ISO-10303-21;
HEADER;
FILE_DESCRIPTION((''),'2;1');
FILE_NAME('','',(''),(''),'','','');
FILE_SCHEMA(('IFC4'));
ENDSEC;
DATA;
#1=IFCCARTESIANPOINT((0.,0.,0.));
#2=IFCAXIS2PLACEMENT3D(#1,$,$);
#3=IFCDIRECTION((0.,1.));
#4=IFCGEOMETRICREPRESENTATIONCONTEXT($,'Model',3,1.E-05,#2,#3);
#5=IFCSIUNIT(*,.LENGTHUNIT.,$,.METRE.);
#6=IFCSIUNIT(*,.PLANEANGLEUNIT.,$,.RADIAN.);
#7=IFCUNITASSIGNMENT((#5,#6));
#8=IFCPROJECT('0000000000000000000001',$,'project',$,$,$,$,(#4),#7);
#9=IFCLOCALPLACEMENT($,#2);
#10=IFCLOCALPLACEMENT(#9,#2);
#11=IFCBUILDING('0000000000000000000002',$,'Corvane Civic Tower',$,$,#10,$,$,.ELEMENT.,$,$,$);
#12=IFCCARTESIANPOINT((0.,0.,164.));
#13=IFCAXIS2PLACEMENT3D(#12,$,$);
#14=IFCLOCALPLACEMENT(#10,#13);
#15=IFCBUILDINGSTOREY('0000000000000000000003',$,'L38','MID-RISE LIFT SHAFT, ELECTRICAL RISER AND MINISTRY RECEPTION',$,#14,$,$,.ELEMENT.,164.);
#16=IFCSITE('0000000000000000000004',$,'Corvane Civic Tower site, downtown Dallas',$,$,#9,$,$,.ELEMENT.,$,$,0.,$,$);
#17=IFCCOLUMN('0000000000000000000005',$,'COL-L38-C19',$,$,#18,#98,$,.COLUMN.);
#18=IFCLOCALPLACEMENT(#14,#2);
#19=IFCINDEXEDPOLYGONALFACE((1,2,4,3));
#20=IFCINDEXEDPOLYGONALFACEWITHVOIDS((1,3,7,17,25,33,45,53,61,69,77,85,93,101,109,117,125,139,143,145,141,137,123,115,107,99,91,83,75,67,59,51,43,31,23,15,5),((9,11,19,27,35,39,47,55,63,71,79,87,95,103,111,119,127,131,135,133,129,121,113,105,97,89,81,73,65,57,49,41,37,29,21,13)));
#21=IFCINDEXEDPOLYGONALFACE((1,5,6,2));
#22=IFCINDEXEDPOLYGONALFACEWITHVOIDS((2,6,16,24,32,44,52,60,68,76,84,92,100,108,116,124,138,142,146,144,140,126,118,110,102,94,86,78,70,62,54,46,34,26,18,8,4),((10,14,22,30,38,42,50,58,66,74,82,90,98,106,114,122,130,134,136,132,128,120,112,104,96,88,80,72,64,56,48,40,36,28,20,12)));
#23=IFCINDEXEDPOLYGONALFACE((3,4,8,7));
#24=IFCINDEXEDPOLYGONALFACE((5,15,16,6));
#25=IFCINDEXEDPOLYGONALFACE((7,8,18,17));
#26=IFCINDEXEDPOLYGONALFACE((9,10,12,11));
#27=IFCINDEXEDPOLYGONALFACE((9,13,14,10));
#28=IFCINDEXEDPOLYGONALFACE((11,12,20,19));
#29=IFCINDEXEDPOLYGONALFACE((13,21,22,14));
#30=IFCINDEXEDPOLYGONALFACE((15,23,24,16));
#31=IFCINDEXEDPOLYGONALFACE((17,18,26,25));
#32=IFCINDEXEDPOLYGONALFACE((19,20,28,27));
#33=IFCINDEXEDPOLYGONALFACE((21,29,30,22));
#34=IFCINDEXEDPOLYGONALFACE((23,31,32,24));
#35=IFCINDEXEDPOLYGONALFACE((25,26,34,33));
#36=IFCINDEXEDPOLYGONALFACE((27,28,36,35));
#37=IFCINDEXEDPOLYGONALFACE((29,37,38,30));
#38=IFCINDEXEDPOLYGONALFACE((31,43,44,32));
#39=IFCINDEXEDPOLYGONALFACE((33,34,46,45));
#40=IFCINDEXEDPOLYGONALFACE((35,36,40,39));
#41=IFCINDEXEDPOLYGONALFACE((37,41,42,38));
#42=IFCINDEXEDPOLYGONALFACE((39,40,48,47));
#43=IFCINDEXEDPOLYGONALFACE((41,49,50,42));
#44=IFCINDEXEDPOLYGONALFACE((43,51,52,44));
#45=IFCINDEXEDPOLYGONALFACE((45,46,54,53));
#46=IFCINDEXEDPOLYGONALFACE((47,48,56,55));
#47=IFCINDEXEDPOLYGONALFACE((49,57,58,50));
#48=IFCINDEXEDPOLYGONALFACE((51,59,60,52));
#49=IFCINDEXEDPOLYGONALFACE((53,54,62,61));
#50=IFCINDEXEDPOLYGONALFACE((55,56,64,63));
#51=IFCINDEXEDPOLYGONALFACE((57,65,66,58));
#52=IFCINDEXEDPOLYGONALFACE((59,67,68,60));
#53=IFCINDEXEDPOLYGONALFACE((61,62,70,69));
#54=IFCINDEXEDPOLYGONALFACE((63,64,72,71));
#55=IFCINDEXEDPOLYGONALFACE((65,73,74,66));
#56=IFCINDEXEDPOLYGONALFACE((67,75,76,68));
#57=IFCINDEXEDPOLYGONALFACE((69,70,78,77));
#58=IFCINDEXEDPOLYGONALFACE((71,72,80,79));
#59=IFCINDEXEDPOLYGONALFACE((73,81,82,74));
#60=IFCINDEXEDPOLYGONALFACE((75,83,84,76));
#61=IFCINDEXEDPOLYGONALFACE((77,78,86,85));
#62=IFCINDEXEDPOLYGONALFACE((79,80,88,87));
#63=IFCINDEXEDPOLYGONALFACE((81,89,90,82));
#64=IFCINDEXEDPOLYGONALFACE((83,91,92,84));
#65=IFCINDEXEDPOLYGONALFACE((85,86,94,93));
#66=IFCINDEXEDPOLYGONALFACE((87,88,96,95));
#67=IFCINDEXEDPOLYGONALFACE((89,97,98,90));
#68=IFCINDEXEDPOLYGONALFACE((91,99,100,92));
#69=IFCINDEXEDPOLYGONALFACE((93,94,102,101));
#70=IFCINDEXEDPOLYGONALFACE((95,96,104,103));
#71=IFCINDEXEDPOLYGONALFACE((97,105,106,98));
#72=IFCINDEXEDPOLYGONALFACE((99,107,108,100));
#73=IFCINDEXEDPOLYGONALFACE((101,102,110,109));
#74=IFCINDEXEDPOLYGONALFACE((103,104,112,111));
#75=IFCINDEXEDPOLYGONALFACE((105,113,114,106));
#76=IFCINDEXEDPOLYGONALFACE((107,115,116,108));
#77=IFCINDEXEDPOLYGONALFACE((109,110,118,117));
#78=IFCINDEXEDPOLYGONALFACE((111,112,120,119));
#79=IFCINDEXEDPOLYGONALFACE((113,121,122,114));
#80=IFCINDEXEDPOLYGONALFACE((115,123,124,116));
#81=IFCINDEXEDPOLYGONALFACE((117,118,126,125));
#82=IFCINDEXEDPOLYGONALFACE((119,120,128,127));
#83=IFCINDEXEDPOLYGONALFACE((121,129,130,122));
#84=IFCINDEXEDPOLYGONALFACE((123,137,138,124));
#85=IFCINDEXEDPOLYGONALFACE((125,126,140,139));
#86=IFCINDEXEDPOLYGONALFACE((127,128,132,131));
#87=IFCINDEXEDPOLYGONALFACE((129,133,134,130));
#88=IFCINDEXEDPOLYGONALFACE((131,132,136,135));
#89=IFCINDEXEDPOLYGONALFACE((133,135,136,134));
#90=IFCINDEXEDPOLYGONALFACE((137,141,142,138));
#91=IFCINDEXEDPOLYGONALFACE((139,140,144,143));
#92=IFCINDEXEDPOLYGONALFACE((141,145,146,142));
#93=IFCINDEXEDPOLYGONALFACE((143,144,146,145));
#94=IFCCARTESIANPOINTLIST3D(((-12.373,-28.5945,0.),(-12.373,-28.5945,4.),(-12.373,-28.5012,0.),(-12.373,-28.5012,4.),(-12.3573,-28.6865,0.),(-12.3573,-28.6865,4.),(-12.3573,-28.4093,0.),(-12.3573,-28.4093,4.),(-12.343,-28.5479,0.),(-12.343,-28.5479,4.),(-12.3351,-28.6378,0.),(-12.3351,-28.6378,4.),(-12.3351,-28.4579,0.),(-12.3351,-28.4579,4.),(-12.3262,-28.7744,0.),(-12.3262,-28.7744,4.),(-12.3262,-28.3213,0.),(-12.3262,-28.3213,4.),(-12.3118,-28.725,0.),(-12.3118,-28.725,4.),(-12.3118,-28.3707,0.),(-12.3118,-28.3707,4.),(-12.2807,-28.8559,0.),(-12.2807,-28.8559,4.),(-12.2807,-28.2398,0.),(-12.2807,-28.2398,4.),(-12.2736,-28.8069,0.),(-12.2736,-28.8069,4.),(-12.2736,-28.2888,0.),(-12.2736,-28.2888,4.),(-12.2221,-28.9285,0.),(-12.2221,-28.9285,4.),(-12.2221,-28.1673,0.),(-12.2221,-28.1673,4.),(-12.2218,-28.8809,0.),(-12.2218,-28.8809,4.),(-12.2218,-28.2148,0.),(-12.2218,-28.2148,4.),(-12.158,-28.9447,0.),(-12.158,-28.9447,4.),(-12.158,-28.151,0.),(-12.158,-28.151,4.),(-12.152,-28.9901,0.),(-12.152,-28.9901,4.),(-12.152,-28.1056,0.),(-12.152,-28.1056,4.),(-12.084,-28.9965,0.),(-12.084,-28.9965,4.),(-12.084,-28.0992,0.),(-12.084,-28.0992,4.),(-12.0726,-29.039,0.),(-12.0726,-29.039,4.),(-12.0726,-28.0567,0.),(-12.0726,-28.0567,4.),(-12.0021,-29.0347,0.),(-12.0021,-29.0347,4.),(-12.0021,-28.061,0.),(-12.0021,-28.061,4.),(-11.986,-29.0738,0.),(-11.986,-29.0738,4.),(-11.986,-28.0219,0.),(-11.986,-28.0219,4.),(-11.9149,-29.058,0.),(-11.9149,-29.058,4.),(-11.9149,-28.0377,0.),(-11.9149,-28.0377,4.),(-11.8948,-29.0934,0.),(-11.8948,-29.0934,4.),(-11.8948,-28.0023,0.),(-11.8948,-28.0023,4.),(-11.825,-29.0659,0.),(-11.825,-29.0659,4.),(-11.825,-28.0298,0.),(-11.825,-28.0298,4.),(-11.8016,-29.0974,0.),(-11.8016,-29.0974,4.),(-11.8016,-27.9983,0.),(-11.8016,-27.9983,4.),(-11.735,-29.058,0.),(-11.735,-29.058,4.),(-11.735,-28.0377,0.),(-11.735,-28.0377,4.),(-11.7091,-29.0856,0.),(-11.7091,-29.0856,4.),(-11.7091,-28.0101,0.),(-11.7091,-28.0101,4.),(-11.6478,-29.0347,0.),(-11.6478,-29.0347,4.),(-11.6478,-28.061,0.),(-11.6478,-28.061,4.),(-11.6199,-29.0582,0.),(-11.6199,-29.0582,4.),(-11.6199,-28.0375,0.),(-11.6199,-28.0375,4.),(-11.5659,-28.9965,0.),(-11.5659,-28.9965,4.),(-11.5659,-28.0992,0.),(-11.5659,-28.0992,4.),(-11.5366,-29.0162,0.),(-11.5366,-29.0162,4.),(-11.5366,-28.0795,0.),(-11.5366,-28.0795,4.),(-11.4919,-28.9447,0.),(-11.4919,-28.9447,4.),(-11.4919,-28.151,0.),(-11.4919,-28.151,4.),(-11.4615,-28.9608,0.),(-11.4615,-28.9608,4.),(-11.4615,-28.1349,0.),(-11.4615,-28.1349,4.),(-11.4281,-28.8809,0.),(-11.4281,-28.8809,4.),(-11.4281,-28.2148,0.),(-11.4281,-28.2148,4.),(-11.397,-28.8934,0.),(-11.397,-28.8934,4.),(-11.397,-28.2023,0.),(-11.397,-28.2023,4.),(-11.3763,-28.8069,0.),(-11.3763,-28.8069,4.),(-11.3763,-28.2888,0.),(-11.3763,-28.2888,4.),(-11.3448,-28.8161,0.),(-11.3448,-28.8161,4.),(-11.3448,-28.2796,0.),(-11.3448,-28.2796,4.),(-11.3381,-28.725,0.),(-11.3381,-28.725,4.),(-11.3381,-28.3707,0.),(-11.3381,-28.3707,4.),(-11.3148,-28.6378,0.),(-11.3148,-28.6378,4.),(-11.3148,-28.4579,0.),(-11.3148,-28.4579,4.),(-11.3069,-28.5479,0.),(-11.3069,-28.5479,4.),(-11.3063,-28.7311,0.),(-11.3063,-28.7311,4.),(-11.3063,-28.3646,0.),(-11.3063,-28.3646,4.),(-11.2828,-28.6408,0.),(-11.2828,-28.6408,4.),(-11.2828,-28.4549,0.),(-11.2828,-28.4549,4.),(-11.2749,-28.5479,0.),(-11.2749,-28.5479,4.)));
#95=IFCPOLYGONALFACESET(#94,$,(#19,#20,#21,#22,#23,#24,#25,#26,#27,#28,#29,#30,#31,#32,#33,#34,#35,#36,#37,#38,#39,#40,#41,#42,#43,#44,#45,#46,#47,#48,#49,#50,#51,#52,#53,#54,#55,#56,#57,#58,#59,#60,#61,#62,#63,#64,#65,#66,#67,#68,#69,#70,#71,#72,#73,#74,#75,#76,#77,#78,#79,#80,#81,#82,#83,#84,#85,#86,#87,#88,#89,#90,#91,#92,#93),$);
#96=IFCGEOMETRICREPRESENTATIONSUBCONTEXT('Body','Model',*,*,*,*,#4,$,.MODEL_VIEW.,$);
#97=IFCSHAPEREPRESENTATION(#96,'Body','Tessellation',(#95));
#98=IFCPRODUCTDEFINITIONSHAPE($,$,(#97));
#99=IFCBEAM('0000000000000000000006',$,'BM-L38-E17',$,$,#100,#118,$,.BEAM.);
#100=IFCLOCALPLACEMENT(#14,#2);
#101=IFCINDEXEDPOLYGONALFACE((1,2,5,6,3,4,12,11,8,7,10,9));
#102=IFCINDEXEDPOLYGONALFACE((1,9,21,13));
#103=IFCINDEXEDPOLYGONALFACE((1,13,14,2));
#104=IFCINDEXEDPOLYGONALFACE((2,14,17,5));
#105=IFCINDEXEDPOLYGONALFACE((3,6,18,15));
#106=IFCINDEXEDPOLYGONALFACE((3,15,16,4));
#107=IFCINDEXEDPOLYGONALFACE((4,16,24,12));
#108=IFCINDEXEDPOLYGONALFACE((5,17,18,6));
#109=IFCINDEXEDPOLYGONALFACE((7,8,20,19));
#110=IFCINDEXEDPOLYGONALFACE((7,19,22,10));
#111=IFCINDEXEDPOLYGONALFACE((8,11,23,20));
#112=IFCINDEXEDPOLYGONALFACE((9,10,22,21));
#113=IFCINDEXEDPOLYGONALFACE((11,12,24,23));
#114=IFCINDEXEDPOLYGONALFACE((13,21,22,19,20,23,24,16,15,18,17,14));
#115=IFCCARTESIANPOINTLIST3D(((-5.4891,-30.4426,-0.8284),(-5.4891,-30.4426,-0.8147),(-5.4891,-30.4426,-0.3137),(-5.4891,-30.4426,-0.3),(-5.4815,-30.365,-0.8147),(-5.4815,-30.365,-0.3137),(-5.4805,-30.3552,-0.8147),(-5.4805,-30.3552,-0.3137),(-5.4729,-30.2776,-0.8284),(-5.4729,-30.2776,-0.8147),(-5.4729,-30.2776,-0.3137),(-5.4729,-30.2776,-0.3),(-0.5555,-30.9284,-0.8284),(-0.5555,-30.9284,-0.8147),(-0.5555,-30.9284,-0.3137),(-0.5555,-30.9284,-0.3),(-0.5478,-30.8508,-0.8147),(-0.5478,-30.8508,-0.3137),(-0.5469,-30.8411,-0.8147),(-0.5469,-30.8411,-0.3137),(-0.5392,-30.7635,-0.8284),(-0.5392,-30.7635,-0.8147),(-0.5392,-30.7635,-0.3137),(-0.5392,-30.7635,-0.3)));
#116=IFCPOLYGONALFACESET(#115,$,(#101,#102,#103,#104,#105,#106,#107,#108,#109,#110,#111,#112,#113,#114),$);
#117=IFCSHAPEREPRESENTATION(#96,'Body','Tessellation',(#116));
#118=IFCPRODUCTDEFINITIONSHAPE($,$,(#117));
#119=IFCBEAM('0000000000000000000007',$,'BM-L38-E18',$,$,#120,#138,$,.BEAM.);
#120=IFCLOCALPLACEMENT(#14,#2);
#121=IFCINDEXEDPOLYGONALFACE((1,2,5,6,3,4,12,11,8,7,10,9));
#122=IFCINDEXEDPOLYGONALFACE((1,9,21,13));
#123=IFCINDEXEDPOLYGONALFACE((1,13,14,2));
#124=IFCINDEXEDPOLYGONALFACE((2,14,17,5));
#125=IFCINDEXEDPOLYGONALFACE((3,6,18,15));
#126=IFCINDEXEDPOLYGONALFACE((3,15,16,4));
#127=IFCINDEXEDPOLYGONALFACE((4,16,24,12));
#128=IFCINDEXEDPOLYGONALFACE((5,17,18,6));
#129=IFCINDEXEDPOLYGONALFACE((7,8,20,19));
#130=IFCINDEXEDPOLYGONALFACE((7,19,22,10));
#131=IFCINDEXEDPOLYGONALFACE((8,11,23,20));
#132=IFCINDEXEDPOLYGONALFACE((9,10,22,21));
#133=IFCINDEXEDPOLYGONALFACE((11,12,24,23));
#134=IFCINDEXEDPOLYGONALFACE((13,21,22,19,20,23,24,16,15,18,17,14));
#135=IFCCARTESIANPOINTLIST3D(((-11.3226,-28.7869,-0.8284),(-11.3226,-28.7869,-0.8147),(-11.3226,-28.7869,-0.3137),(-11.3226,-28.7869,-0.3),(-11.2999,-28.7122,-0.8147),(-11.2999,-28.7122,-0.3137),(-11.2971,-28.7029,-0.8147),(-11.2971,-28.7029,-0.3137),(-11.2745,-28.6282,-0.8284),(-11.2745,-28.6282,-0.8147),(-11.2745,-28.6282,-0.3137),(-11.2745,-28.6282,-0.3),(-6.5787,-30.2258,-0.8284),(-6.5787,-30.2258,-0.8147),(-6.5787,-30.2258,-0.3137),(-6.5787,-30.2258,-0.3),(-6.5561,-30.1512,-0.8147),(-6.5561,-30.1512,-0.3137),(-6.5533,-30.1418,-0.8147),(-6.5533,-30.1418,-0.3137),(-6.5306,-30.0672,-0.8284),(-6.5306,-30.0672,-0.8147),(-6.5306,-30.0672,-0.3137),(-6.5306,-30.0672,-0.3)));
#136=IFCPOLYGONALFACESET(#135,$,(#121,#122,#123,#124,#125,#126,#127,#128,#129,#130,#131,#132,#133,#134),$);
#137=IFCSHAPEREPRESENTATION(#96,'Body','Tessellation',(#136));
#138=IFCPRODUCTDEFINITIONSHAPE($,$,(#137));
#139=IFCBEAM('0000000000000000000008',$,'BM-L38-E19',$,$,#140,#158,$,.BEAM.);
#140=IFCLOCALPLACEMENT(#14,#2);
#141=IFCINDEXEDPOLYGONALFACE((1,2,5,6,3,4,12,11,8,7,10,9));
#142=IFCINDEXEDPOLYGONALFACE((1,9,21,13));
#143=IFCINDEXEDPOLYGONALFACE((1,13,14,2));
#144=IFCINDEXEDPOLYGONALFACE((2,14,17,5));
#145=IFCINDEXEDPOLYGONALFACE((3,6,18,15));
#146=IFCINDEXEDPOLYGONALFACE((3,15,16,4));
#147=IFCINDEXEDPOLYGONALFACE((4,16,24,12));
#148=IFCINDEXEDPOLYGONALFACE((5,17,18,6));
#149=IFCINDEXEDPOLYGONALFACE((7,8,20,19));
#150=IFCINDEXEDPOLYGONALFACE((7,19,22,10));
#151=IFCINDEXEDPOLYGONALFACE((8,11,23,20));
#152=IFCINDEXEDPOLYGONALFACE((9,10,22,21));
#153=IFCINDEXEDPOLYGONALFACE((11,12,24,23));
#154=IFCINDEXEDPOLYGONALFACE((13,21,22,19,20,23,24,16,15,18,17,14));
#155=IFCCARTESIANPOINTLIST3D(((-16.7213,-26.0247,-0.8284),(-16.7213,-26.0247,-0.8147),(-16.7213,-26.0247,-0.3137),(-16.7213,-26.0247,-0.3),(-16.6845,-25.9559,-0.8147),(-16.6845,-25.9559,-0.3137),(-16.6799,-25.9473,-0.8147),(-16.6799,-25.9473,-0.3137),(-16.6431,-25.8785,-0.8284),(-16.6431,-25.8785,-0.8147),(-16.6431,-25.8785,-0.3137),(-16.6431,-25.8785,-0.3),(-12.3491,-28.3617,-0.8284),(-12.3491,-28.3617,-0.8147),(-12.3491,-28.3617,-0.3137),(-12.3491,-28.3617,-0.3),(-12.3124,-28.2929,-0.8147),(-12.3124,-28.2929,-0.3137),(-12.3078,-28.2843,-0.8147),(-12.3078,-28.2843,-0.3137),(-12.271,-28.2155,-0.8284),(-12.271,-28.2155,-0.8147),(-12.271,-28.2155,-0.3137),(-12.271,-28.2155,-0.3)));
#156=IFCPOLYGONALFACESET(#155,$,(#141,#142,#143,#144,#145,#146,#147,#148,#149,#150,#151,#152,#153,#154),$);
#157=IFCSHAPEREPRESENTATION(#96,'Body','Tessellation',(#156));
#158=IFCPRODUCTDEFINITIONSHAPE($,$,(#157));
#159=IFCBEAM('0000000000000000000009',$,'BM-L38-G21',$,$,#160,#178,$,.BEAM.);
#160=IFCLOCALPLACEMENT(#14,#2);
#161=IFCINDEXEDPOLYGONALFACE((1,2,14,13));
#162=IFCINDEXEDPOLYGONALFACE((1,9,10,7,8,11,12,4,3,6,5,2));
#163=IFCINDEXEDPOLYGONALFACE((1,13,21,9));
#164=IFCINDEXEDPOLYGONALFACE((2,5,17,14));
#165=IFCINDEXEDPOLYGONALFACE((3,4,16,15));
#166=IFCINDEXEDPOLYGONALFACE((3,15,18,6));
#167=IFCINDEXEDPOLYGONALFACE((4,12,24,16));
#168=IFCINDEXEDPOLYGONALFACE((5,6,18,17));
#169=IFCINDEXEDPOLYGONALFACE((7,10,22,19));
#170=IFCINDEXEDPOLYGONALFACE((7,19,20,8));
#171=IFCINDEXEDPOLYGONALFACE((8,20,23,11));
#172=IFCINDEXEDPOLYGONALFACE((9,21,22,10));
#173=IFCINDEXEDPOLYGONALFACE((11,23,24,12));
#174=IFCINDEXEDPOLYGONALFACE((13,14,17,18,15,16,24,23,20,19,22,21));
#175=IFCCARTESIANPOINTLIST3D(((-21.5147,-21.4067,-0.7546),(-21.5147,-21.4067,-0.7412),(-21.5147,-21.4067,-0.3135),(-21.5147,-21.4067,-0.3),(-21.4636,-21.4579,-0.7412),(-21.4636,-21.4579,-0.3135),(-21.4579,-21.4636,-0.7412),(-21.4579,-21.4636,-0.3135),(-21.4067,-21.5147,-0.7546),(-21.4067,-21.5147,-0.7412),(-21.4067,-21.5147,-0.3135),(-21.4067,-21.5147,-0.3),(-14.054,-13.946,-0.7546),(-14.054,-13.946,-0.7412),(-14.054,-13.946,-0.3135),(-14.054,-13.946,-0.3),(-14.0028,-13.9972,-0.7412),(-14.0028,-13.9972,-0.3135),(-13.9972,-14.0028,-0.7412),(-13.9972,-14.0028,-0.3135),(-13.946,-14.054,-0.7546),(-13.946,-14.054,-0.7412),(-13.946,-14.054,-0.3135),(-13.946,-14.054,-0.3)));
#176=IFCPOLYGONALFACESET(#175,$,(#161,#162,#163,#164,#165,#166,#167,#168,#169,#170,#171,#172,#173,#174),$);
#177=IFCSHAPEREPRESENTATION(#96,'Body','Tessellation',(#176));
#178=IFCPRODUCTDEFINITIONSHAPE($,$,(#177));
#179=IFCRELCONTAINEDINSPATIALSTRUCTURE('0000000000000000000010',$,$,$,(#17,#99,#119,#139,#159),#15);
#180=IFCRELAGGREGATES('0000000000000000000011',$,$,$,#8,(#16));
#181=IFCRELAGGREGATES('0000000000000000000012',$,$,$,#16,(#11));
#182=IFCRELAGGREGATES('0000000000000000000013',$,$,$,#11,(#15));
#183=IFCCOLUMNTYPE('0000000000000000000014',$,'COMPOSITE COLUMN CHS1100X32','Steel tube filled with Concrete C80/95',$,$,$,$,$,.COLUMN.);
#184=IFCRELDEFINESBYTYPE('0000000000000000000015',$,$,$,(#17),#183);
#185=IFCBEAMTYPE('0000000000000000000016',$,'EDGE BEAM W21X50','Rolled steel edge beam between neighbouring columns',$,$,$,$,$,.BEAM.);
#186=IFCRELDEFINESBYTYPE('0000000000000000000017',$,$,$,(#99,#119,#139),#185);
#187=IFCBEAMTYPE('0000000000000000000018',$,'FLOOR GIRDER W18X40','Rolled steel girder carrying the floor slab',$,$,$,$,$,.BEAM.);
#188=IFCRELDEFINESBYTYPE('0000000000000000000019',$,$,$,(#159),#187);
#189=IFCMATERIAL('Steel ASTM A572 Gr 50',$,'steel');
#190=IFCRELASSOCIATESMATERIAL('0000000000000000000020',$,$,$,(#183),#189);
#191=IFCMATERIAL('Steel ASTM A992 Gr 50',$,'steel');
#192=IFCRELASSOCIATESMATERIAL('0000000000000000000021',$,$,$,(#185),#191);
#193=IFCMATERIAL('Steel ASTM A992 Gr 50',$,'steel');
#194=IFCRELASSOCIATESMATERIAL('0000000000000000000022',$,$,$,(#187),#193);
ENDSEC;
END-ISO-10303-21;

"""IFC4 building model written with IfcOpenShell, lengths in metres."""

from ifc_helpers import new_model, si_unit, direction, frame, origin, origin_2d, place, context, subcontext, project, spatial, hollow_circle, i_section, extrude, material, material_profile, profile_set, type_object, element, save


model = new_model("IFC4")

# Units and contexts
model_context = context("Model", 3, precision=1e-05, world=origin(), true_north=direction((0.0, 1.0)))
body_context = subcontext(model_context, "Body", "Model", "MODEL_VIEW")
ifc_project = project(units=[si_unit("LENGTHUNIT", "METRE"), si_unit("PLANEANGLEUNIT", "RADIAN")], contexts=[model_context])

# Site, building, storey
site_placement = place(None, origin())
site = spatial("IfcSite", under=ifc_project, at=site_placement, Name="Corvane Civic Tower site, downtown Dallas", CompositionType="ELEMENT", RefElevation=0.0)
building_placement = place(site_placement, origin())
building = spatial("IfcBuilding", under=site, at=building_placement, Name="Corvane Civic Tower", CompositionType="ELEMENT")
storey_placement = place(building_placement, frame((0.0, 0.0, 164.0)))
storey = spatial("IfcBuildingStorey", under=building, at=storey_placement, Name="L38", Description="MID-RISE LIFT SHAFT, ELECTRICAL RISER AND MINISTRY RECEPTION", CompositionType="ELEMENT", Elevation=164.0)

# Column
ifc_material_1 = material(Name="Steel ASTM A572 Gr 50", Category="steel")
ifc_material_profile_1 = material_profile(ifc_material_1, hollow_circle(Radius=0.55, WallThickness=0.032, at=origin_2d()), Name="CHS1100X32")
ifc_profile_set_1 = profile_set([ifc_material_profile_1], Name="Steel ASTM A572 Gr 50")
column_type = type_object("IfcColumnType", Name="COMPOSITE COLUMN CHS1100X32", Description="Steel tube filled with Concrete C80/95", PredefinedType="COLUMN", material=ifc_profile_set_1)
for number, where, z_axis, x_axis, name in (
    (1, (-11.825, -28.5479, 0.0), (0.0, 0.0, 1.0), (1.0, 0.0, 0.0), "COL-L38-C19"),
):
    element("IfcColumn", number, at=place(storey_placement, frame(where, z_axis=z_axis, x_axis=x_axis)), inside=storey, type_object=column_type, Name=name, PredefinedType="COLUMN", context=body_context, shape_type="SweptSolid", body=[
        extrude(hollow_circle(Radius=0.55, WallThickness=0.032, at=origin_2d()), origin(), (0.0, 0.0, 1.0), 4.0),
    ])

# Beams
ifc_material_2 = material(Name="Steel ASTM A992 Gr 50", Category="steel")
ifc_material_profile_2 = material_profile(ifc_material_2, i_section(OverallWidth=0.1658, OverallDepth=0.5283, WebThickness=0.0098, FlangeThickness=0.0137, at=origin_2d()), Name="W21X50")
ifc_profile_set_2 = profile_set([ifc_material_profile_2], Name="Steel ASTM A992 Gr 50")
beam_type_1 = type_object("IfcBeamType", Name="EDGE BEAM W21X50", Description="Rolled steel edge beam between neighbouring columns", PredefinedType="BEAM", material=ifc_profile_set_2)
beam_1_placement = place(storey_placement, frame((-0.5474, -30.8459, -0.5642), z_axis=(-0.995186, 0.098002, 0.0), x_axis=(-0.098002, -0.995186, 0.0)))
element("IfcBeam", 2, at=beam_1_placement, inside=storey, type_object=beam_type_1, Name="BM-L38-E17", PredefinedType="BEAM", context=body_context, shape_type="SweptSolid", body=[
    extrude(i_section(OverallWidth=0.1658, OverallDepth=0.5283, WebThickness=0.0098, FlangeThickness=0.0137, at=origin_2d()), origin(), (0.0, 0.0, 1.0), 4.9575),
])
beam_2_placement = place(storey_placement, frame((-6.5547, -30.1465, -0.5642), z_axis=(-0.956945, 0.29027, 0.0), x_axis=(-0.29027, -0.956945, 0.0)))
element("IfcBeam", 3, at=beam_2_placement, inside=storey, type_object=beam_type_1, Name="BM-L38-E18", PredefinedType="BEAM", context=body_context, shape_type="SweptSolid", body=[
    extrude(i_section(OverallWidth=0.1658, OverallDepth=0.5283, WebThickness=0.0098, FlangeThickness=0.0137, at=origin_2d()), origin(), (0.0, 0.0, 1.0), 4.9573),
])
beam_3_placement = place(storey_placement, frame((-12.3101, -28.2886, -0.5642), z_axis=(-0.881922, 0.471396, 0.0), x_axis=(-0.471396, -0.881922, 0.0)))
element("IfcBeam", 4, at=beam_3_placement, inside=storey, type_object=beam_type_1, Name="BM-L38-E19", PredefinedType="BEAM", context=body_context, shape_type="SweptSolid", body=[
    extrude(i_section(OverallWidth=0.1658, OverallDepth=0.5283, WebThickness=0.0098, FlangeThickness=0.0137, at=origin_2d()), origin(), (0.0, 0.0, 1.0), 4.9575),
])
ifc_material_3 = material(Name="Steel ASTM A992 Gr 50", Category="steel")
ifc_material_profile_3 = material_profile(ifc_material_3, i_section(OverallWidth=0.1528, OverallDepth=0.4546, WebThickness=0.0081, FlangeThickness=0.0134, at=origin_2d()), Name="W18X40")
ifc_profile_set_3 = profile_set([ifc_material_profile_3], Name="Steel ASTM A992 Gr 50")
beam_type_2 = type_object("IfcBeamType", Name="FLOOR GIRDER W18X40", Description="Rolled steel girder carrying the floor slab", PredefinedType="BEAM", material=ifc_profile_set_3)
beam_4_placement = place(storey_placement, frame((-14.0, -14.0, -0.5273), z_axis=(-0.707107, -0.707107, 0.0), x_axis=(0.707107, -0.707107, 0.0)))
element("IfcBeam", 5, at=beam_4_placement, inside=storey, type_object=beam_type_2, Name="BM-L38-G21", PredefinedType="BEAM", context=body_context, shape_type="SweptSolid", body=[
    extrude(i_section(OverallWidth=0.1528, OverallDepth=0.4546, WebThickness=0.0081, FlangeThickness=0.0134, at=origin_2d()), origin(), (0.0, 0.0, 1.0), 10.551),
])

save(model, "model.ifc")
